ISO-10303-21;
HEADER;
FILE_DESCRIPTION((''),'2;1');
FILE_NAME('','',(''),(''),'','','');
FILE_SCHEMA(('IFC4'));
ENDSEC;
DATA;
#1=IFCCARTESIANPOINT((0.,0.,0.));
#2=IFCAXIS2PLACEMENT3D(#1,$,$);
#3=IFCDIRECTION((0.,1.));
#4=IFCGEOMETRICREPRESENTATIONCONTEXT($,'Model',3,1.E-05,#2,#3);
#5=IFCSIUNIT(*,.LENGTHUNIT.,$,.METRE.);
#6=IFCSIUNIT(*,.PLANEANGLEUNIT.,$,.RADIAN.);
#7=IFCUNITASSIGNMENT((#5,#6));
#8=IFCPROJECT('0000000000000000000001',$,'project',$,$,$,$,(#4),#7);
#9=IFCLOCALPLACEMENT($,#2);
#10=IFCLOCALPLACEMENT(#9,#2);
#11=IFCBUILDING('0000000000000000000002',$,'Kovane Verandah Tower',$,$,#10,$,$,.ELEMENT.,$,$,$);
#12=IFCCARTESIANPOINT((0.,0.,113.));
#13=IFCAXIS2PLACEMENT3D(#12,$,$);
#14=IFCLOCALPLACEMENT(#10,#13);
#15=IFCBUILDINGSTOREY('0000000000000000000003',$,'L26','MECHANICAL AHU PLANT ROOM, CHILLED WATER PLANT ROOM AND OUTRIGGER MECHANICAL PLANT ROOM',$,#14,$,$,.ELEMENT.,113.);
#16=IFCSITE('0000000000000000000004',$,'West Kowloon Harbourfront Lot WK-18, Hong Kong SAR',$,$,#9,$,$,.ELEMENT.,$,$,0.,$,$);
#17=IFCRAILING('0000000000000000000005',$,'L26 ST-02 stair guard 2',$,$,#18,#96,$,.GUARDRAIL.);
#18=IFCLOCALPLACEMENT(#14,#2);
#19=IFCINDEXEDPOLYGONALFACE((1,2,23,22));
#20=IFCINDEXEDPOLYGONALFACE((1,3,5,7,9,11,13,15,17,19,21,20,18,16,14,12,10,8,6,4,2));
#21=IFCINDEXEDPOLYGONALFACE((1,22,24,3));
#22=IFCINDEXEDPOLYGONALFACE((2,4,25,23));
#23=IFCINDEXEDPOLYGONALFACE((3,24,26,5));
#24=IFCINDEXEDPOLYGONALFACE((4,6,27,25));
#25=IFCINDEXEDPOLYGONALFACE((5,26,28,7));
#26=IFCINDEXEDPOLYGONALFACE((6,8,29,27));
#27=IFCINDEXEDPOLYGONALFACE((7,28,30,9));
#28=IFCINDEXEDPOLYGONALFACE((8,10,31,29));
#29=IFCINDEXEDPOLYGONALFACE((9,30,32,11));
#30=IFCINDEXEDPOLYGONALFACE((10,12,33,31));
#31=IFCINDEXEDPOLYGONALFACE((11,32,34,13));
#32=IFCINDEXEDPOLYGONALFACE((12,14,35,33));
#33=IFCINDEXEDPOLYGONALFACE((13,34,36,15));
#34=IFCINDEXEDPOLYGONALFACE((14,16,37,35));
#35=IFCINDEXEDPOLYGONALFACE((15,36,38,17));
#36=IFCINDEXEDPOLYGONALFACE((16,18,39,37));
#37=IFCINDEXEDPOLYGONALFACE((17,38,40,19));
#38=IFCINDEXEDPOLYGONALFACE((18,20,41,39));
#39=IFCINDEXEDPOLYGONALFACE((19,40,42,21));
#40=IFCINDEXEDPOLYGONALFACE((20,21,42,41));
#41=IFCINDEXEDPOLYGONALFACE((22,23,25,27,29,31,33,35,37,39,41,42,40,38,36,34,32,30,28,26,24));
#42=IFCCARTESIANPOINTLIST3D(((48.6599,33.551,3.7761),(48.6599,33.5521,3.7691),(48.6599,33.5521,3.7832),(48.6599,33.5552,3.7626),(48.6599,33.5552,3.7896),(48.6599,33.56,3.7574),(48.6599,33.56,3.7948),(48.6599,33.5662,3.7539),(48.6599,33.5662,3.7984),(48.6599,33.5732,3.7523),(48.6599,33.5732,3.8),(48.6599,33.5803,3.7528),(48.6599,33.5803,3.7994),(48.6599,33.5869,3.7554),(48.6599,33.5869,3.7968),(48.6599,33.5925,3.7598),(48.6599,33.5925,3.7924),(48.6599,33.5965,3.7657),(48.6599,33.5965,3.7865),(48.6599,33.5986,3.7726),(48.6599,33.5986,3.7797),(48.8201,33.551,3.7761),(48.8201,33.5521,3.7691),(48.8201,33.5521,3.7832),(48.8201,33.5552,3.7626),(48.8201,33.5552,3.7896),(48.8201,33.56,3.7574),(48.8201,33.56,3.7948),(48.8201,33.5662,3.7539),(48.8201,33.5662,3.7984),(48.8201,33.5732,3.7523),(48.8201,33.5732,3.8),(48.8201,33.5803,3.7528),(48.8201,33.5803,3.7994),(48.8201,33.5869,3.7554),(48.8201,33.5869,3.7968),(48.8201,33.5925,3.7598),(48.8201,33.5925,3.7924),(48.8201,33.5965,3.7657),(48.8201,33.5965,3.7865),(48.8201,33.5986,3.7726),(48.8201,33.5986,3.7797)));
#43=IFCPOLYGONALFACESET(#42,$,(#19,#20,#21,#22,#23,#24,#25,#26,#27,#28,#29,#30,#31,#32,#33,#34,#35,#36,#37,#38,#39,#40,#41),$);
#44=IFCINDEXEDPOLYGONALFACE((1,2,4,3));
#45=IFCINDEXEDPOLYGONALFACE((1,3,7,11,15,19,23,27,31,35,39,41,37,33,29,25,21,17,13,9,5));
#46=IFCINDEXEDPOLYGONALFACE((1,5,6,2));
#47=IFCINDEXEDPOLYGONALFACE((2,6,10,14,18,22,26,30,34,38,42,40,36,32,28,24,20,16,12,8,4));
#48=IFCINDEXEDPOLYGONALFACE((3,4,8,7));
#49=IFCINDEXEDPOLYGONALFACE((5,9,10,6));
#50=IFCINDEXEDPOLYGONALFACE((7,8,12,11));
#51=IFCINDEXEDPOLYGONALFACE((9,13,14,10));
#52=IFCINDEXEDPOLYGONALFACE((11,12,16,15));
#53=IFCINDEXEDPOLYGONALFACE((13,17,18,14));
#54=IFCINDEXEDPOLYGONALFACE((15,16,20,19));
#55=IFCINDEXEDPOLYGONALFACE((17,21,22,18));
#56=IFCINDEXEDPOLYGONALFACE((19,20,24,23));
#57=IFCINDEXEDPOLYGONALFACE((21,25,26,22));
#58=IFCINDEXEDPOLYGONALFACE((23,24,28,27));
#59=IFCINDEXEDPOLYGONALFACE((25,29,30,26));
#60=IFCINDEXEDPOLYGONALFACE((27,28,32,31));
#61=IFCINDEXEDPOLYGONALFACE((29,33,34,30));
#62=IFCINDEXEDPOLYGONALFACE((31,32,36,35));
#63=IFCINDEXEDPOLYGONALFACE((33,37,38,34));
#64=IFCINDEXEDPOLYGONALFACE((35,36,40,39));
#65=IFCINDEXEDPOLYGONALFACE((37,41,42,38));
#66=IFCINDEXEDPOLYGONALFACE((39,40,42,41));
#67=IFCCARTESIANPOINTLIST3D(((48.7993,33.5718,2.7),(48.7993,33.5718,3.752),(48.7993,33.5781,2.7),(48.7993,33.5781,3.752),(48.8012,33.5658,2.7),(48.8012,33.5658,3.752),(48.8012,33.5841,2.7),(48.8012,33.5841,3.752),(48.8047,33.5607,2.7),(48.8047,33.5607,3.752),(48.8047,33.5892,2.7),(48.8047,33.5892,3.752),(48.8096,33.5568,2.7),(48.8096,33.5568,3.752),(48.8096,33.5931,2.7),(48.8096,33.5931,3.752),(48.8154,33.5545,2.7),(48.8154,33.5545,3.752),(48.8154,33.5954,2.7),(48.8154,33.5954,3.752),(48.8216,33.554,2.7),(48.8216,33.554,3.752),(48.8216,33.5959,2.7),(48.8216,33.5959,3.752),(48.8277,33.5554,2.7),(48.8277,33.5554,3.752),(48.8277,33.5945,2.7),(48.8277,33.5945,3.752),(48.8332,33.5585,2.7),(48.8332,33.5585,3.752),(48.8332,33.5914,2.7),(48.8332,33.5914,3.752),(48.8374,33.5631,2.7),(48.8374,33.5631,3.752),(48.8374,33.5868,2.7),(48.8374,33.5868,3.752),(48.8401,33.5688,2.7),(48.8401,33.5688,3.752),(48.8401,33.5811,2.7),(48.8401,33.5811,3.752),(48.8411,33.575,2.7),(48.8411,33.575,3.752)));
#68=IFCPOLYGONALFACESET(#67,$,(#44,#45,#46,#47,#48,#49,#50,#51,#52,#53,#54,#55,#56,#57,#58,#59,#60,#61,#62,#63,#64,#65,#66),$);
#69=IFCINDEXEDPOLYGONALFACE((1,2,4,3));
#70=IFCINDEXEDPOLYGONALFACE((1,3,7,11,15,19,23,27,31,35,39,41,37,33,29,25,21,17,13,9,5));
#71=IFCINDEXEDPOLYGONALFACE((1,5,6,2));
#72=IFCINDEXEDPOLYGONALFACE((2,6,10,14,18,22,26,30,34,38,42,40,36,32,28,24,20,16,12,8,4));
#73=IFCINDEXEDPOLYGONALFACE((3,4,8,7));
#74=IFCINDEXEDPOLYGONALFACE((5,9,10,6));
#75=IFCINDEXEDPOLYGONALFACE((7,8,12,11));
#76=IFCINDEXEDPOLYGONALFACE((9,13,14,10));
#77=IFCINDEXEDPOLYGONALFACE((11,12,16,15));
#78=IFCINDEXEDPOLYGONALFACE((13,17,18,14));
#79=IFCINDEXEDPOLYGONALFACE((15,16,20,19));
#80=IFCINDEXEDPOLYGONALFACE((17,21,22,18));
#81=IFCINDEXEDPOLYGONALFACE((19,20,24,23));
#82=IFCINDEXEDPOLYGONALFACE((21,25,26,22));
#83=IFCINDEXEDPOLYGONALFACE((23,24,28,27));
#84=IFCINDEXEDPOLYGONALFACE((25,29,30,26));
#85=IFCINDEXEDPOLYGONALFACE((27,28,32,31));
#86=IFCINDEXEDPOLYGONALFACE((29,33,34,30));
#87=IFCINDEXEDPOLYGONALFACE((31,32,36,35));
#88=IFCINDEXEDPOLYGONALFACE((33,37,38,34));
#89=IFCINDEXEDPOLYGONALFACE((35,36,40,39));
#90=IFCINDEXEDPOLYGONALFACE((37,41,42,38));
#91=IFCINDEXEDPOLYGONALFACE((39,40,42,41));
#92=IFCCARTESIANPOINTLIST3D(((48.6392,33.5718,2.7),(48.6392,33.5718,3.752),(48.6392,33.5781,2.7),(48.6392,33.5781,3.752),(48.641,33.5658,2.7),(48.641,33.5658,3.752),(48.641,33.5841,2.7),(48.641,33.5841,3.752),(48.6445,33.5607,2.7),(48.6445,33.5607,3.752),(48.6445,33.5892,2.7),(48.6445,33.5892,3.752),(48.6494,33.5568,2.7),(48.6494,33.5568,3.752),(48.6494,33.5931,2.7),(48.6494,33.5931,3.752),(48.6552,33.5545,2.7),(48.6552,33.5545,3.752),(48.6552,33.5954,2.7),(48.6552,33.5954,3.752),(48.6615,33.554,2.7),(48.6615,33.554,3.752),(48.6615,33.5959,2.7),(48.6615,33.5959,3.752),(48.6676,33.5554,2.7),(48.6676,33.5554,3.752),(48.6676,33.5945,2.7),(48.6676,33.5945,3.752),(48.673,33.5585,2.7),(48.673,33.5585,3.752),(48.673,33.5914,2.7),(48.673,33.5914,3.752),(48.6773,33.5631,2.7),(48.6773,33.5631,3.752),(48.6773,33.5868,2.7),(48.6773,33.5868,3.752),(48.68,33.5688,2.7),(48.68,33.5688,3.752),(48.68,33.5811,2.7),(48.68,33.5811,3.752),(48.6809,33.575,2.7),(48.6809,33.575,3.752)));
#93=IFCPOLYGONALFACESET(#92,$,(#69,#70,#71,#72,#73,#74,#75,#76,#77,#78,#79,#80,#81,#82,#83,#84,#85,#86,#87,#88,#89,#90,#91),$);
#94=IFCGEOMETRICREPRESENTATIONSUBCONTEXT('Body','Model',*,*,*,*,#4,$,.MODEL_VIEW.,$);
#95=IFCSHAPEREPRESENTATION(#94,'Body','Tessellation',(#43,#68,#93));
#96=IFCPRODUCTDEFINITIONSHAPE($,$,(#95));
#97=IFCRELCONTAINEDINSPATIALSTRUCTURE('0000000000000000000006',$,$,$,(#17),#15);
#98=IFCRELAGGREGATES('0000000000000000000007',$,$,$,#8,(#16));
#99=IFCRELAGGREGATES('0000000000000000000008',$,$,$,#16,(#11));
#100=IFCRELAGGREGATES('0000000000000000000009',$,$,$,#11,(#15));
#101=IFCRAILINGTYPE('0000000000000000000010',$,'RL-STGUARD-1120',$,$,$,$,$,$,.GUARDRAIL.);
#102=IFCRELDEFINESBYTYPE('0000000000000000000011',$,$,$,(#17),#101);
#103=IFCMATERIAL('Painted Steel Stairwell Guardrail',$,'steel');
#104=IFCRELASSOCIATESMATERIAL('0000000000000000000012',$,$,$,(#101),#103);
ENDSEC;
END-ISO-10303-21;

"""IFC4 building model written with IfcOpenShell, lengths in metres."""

from ifc_helpers import new_model, si_unit, direction, frame, origin, origin_2d, place, context, subcontext, project, spatial, circle, extrude, material, type_object, element, save


model = new_model("IFC4")

# Units and contexts
model_context = context("Model", 3, precision=1e-05, world=origin(), true_north=direction((0.0, 1.0)))
body_context = subcontext(model_context, "Body", "Model", "MODEL_VIEW")
ifc_project = project(units=[si_unit("LENGTHUNIT", "METRE"), si_unit("PLANEANGLEUNIT", "RADIAN")], contexts=[model_context])

# Site, building, storey
site_placement = place(None, origin())
site = spatial("IfcSite", under=ifc_project, at=site_placement, Name="West Kowloon Harbourfront Lot WK-18, Hong Kong SAR", CompositionType="ELEMENT", RefElevation=0.0)
building_placement = place(site_placement, origin())
building = spatial("IfcBuilding", under=site, at=building_placement, Name="Kovane Verandah Tower", CompositionType="ELEMENT")
storey_placement = place(building_placement, frame((0.0, 0.0, 113.0)))
storey = spatial("IfcBuildingStorey", under=building, at=storey_placement, Name="L26", Description="MECHANICAL AHU PLANT ROOM, CHILLED WATER PLANT ROOM AND OUTRIGGER MECHANICAL PLANT ROOM", CompositionType="ELEMENT", Elevation=113.0)

# Railing
ifc_material_1 = material(Name="Painted Steel Stairwell Guardrail", Category="steel")
railing_type_1 = type_object("IfcRailingType", Name="RL-STGUARD-1120", PredefinedType="GUARDRAIL", material=ifc_material_1)
railing_1_placement = place(storey_placement, frame((48.8201, 33.575, 2.7)))
element("IfcRailing", 1, at=railing_1_placement, inside=storey, type_object=railing_type_1, Name="L26 ST-02 stair guard 2", PredefinedType="GUARDRAIL", context=body_context, shape_type="SweptSolid", body=[
    extrude(circle(Radius=0.0239, at=origin_2d()), frame((0.0, 0.0, 1.0762), z_axis=(-1.0, 0.0, 0.0), x_axis=(0.0, -1.0, 0.0)), (0.0, 0.0, 1.0), 0.1602),
    extrude(circle(Radius=0.021, at=origin_2d()), origin(), (0.0, 0.0, 1.0), 1.052),
    extrude(circle(Radius=0.021, at=origin_2d()), frame((-0.1602, 0.0, 0.0)), (0.0, 0.0, 1.0), 1.052),
])

save(model, "model.ifc")
